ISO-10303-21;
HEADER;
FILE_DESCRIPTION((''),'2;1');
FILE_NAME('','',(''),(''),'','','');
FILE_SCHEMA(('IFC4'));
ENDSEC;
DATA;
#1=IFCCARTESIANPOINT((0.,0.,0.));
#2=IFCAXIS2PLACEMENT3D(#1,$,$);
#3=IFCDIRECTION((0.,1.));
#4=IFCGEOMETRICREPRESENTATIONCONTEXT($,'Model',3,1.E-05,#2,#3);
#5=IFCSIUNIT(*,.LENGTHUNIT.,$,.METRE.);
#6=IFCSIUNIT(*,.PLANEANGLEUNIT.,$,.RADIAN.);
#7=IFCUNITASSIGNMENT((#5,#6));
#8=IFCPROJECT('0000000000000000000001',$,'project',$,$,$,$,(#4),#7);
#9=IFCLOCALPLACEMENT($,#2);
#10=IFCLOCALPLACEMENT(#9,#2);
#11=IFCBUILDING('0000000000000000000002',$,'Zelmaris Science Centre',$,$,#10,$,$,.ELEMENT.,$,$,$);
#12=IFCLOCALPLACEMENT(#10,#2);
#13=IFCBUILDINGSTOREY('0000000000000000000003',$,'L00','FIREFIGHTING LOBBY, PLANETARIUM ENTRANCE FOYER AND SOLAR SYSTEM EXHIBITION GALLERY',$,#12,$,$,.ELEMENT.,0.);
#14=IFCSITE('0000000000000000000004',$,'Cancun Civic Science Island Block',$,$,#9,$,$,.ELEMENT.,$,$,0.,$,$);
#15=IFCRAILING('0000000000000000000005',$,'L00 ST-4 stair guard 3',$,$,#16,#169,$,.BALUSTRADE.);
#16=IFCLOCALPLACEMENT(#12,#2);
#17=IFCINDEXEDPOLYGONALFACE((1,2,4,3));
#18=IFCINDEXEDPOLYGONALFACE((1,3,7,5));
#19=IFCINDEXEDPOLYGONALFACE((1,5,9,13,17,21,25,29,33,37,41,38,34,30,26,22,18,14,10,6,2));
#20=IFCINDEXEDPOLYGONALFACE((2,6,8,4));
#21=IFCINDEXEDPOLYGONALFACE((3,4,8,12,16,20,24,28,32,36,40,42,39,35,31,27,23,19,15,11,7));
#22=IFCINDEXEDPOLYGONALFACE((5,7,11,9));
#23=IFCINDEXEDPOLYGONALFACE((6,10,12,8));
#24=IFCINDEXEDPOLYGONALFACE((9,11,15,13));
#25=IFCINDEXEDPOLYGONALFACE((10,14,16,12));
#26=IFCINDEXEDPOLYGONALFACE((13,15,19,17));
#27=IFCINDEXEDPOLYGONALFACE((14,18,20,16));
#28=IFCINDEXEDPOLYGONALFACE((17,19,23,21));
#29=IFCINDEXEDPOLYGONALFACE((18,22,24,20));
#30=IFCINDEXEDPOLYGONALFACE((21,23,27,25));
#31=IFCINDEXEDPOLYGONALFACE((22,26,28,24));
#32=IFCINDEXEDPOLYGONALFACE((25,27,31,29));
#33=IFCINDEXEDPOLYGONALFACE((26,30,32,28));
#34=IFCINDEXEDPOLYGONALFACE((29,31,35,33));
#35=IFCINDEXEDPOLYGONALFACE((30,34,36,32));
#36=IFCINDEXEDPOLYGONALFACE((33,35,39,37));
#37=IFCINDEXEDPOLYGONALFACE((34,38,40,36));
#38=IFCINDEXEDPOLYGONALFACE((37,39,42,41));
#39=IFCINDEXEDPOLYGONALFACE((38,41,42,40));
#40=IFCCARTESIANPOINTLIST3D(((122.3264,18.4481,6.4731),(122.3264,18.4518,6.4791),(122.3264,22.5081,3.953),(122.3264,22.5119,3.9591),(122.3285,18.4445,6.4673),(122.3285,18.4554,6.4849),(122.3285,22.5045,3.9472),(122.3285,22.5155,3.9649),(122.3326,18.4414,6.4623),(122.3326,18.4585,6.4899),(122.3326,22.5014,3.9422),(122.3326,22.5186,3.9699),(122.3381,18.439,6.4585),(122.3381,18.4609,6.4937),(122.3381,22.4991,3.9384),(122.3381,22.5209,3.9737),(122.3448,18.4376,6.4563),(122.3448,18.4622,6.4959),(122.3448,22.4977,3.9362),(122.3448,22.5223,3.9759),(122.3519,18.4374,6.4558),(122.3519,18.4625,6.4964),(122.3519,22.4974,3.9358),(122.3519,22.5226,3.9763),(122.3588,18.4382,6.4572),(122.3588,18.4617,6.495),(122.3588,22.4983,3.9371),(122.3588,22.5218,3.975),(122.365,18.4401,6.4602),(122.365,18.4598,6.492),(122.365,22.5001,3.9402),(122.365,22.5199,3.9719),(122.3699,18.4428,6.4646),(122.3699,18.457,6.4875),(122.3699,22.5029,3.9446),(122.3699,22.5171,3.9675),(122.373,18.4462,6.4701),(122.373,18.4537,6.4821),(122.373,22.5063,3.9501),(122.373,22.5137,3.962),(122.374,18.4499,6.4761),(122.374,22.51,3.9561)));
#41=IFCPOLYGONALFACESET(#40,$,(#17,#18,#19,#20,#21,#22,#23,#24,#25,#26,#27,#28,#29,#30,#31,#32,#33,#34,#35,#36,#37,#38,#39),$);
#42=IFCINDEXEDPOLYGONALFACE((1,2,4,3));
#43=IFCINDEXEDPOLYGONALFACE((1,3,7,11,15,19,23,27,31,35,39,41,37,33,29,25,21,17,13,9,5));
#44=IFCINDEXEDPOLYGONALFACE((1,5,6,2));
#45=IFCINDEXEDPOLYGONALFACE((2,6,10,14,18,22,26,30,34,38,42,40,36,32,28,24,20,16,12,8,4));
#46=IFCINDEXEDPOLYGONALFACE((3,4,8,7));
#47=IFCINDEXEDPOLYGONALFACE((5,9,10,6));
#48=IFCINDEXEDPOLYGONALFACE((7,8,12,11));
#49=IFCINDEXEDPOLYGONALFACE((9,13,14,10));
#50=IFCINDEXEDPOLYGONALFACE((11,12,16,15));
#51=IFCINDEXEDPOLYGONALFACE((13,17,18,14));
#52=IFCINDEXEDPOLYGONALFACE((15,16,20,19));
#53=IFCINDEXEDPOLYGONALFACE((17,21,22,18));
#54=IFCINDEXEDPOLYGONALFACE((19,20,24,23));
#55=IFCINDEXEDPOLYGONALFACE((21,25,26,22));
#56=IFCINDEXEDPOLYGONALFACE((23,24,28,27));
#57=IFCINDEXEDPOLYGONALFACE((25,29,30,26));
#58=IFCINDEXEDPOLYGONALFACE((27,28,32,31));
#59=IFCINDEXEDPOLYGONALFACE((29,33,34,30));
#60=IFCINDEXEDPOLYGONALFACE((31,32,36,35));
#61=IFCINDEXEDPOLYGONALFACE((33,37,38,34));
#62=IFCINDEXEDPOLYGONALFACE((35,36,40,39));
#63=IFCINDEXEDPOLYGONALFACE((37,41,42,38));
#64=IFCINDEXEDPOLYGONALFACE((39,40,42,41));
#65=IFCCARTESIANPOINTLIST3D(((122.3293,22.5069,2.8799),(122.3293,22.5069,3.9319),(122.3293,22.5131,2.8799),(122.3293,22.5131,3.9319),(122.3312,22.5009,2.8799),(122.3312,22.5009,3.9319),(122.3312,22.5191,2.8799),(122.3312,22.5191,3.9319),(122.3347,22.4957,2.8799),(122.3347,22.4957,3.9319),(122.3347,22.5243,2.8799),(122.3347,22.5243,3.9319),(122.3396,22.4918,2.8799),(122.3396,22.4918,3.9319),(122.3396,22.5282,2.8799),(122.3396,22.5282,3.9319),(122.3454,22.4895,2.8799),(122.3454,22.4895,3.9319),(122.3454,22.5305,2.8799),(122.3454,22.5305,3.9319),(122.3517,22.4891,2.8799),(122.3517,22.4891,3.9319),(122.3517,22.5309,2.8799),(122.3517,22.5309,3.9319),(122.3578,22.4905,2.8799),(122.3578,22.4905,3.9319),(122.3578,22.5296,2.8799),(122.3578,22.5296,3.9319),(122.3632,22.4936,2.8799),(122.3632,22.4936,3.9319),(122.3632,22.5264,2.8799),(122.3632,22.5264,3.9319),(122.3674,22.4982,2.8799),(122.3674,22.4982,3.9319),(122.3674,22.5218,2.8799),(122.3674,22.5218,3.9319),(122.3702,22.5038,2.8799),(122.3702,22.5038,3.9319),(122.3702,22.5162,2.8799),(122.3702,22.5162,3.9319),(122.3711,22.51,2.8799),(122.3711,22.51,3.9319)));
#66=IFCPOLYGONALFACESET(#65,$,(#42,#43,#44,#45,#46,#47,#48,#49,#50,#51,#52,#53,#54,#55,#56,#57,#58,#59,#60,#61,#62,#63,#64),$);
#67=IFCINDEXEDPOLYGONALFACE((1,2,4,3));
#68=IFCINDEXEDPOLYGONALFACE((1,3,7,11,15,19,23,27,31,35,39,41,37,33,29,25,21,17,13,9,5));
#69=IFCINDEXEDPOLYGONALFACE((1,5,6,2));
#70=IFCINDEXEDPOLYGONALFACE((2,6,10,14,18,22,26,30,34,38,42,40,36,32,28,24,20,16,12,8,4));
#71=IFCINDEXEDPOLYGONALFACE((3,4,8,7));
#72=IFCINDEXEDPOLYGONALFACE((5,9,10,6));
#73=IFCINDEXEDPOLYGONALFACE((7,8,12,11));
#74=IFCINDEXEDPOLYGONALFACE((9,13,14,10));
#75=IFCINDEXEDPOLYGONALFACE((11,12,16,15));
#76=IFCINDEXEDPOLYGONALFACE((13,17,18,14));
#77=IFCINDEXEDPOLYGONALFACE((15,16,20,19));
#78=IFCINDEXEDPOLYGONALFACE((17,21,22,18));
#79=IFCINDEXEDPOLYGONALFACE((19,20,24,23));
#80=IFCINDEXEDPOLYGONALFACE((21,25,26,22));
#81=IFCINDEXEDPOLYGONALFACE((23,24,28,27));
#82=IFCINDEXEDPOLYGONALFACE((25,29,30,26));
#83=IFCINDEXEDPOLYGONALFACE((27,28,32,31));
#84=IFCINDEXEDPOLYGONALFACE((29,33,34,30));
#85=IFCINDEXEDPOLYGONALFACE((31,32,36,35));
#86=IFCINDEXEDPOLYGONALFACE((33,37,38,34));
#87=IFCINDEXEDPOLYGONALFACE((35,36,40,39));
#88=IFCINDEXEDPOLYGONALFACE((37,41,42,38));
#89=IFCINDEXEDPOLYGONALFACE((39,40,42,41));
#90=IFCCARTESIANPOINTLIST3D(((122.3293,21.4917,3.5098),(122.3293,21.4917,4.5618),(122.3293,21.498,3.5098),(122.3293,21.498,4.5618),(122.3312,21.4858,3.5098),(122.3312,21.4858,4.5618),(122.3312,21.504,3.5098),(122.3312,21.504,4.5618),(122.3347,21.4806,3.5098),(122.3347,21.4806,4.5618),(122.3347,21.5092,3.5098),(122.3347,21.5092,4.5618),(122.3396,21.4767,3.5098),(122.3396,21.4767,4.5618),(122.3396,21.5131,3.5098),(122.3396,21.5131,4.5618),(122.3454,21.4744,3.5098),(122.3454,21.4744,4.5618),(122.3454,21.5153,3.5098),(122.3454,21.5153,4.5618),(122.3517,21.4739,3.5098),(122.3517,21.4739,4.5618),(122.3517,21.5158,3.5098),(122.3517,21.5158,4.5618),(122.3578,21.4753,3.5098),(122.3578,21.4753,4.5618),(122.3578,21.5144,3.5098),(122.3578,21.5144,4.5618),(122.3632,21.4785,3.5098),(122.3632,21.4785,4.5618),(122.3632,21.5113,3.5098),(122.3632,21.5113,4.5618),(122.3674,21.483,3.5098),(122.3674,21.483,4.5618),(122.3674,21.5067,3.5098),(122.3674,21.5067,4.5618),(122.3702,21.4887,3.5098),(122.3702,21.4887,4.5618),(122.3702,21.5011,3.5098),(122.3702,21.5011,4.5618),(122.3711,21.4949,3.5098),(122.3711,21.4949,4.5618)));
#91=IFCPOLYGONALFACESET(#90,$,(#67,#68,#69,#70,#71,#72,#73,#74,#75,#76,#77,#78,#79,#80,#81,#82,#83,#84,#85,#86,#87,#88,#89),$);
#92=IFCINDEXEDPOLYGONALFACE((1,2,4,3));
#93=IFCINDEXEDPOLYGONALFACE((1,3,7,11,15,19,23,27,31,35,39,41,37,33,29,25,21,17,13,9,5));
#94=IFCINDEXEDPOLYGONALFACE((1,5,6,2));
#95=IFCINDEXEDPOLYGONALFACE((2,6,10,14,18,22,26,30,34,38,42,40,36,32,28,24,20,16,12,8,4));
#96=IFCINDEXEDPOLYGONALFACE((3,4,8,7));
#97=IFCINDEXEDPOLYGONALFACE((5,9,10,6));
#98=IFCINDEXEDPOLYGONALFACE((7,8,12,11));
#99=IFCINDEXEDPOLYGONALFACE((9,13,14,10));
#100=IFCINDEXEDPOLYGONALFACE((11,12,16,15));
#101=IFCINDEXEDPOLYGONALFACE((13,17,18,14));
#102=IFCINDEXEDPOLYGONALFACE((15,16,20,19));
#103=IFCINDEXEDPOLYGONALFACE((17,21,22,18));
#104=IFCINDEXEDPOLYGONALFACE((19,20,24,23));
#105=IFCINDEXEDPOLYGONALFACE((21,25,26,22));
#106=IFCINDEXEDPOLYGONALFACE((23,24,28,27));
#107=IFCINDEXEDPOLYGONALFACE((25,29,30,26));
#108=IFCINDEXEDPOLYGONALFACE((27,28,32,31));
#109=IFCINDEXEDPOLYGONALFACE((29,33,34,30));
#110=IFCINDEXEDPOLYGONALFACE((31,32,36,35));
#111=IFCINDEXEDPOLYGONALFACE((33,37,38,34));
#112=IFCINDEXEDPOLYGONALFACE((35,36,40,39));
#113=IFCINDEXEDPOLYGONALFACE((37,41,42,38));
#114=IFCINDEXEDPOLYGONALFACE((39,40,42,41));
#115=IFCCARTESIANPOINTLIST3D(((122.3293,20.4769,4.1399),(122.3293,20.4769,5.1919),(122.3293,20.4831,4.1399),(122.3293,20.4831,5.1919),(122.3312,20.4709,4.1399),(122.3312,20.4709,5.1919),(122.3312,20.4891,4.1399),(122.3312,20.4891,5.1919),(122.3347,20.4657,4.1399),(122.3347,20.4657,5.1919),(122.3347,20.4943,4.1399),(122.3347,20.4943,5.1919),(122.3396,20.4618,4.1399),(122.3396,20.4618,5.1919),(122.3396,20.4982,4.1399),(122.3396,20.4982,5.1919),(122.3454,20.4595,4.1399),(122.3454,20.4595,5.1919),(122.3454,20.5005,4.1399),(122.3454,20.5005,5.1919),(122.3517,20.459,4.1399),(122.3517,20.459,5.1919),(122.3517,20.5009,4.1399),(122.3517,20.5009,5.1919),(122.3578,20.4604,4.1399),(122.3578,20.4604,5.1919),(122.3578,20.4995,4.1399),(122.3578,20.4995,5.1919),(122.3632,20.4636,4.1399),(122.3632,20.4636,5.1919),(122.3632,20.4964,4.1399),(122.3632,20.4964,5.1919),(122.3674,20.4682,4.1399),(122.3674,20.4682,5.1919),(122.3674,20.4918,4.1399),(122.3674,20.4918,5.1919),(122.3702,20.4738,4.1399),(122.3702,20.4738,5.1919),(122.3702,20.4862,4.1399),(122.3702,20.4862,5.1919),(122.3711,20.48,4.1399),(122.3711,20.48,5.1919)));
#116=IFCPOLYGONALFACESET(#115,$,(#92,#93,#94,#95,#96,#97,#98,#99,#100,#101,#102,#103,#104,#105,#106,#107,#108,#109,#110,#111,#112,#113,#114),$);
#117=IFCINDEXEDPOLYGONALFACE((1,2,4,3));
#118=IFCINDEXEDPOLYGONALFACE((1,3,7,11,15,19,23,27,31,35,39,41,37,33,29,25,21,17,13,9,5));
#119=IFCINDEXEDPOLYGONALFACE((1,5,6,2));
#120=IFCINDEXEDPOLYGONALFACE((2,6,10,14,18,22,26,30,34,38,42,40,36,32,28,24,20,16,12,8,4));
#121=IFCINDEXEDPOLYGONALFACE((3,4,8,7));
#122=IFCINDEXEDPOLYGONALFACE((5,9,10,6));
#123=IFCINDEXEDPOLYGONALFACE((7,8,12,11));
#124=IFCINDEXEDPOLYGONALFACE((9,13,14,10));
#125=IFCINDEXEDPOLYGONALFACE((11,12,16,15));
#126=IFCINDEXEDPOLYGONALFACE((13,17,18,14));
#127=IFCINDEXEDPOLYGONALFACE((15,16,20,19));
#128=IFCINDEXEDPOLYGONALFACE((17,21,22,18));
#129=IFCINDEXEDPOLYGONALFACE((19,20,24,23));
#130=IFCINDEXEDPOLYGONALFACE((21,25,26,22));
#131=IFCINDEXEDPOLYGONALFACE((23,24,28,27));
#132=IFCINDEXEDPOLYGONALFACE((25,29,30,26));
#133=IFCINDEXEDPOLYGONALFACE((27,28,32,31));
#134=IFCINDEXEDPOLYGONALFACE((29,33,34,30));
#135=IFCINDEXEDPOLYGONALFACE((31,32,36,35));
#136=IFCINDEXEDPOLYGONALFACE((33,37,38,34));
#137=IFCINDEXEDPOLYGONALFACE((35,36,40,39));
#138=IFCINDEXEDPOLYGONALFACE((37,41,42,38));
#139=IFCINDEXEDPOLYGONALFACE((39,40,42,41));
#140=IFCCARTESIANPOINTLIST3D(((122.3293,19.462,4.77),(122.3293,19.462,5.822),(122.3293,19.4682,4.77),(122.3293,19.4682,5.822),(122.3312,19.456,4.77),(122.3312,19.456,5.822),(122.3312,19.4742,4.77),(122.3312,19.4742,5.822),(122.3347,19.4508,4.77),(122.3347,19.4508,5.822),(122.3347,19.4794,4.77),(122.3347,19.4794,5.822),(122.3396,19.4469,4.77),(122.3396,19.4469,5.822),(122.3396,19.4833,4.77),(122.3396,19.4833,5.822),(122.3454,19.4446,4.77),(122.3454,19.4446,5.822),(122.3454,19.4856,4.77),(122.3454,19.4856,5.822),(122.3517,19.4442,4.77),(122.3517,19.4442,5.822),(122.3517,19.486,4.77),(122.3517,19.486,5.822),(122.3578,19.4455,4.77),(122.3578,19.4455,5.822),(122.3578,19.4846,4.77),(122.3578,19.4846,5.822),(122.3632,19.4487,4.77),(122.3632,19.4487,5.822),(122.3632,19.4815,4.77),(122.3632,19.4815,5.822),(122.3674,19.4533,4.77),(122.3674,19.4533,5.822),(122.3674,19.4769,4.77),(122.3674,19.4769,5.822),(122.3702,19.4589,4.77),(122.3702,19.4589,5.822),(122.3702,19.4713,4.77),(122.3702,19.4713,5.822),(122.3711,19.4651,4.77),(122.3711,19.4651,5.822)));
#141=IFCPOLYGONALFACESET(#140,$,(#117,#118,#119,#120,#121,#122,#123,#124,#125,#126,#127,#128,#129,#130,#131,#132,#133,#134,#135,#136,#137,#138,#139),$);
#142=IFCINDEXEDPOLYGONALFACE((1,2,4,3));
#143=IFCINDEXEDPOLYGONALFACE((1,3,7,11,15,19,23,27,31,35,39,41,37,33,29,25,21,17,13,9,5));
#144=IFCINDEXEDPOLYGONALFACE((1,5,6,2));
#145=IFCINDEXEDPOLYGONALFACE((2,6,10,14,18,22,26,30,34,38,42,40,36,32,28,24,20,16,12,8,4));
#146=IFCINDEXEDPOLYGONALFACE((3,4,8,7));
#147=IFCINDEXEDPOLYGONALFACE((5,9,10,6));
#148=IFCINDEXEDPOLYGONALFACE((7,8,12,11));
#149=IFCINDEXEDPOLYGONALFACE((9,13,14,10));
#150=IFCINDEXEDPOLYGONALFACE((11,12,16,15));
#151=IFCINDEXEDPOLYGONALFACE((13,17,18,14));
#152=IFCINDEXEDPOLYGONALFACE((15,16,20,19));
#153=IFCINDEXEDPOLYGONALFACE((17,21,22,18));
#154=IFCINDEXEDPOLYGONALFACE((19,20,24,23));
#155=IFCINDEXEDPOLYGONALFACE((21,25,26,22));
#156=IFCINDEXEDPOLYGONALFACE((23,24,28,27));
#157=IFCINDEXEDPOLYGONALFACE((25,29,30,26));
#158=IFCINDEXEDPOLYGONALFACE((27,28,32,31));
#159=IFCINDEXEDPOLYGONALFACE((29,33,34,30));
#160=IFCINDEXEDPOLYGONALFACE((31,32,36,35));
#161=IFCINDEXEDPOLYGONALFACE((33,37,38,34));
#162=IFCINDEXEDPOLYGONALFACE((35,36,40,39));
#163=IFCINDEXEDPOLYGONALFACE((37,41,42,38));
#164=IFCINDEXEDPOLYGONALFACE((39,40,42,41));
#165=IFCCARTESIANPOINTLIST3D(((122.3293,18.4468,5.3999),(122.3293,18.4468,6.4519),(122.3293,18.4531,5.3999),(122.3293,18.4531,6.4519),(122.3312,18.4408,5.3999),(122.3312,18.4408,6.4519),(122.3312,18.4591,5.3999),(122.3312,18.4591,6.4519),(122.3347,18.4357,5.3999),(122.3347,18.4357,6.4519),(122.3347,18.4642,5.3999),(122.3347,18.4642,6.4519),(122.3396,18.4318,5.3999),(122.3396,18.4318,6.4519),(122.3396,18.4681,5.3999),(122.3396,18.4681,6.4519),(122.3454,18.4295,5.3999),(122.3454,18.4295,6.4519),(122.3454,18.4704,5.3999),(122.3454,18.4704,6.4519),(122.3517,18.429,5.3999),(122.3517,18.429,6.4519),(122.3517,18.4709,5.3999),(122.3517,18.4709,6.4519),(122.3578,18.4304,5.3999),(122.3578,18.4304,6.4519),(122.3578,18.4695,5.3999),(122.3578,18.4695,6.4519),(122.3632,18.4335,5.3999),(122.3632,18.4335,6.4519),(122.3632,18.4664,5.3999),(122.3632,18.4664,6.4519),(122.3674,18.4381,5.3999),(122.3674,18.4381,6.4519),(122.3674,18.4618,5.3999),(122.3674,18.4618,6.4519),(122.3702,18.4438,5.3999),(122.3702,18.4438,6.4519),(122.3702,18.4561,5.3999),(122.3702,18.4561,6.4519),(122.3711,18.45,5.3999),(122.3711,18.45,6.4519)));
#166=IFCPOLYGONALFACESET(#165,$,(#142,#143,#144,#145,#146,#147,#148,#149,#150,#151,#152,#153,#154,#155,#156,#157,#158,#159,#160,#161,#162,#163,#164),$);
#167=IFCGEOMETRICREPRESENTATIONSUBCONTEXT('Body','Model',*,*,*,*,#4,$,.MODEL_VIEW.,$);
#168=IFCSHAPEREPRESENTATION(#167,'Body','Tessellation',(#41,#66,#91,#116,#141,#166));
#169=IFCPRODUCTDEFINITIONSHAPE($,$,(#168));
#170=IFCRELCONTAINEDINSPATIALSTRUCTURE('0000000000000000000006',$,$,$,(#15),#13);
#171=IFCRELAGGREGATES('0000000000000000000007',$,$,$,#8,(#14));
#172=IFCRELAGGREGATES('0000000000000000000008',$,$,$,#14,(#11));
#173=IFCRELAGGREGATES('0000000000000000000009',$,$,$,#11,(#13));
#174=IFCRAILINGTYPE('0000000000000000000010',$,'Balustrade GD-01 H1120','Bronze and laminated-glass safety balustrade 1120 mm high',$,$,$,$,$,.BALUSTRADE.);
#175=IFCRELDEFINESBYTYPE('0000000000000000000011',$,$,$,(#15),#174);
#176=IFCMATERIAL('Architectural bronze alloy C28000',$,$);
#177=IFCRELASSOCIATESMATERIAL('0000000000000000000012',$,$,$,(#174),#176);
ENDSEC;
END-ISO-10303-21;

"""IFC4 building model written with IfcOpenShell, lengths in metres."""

from ifc_helpers import new_model, si_unit, direction, frame, origin, origin_2d, place, context, subcontext, project, spatial, circle, extrude, material, type_object, element, save


model = new_model("IFC4")

# Units and contexts
model_context = context("Model", 3, precision=1e-05, world=origin(), true_north=direction((0.0, 1.0)))
body_context = subcontext(model_context, "Body", "Model", "MODEL_VIEW")
ifc_project = project(units=[si_unit("LENGTHUNIT", "METRE"), si_unit("PLANEANGLEUNIT", "RADIAN")], contexts=[model_context])

# Site, building, storey
site_placement = place(None, origin())
site = spatial("IfcSite", under=ifc_project, at=site_placement, Name="Cancun Civic Science Island Block", CompositionType="ELEMENT", RefElevation=0.0)
building_placement = place(site_placement, origin())
building = spatial("IfcBuilding", under=site, at=building_placement, Name="Zelmaris Science Centre", CompositionType="ELEMENT")
storey_placement = place(building_placement, origin())
storey = spatial("IfcBuildingStorey", under=building, at=storey_placement, Name="L00", Description="FIREFIGHTING LOBBY, PLANETARIUM ENTRANCE FOYER AND SOLAR SYSTEM EXHIBITION GALLERY", CompositionType="ELEMENT", Elevation=0.0)

# Shared definitions
ifc_material_1 = material(Name="Architectural bronze alloy C28000")

# Railing
railing_type_1 = type_object("IfcRailingType", Name="Balustrade GD-01 H1120", Description="Bronze and laminated-glass safety balustrade 1120 mm high", PredefinedType="BALUSTRADE", material=ifc_material_1)
railing_1_placement = place(storey_placement, frame((122.3501, 22.51, 2.8799)))
element("IfcRailing", 1, at=railing_1_placement, inside=storey, type_object=railing_type_1, Name="L00 ST-4 stair guard 3", PredefinedType="BALUSTRADE", context=body_context, shape_type="SweptSolid", body=[
    extrude(circle(Radius=0.0239, at=origin_2d()), frame((0.0, 0.0, 1.0762), z_axis=(0.0, -0.849642, 0.52736), x_axis=(1.0, 0.0, 0.0)), (0.0, 0.0, 1.0), 4.7786),
    extrude(circle(Radius=0.021, at=origin_2d()), origin(), (0.0, 0.0, 1.0), 1.052),
    extrude(circle(Radius=0.021, at=origin_2d()), frame((0.0, -1.0151, 0.6299)), (0.0, 0.0, 1.0), 1.052),
    extrude(circle(Radius=0.021, at=origin_2d()), frame((0.0, -2.03, 1.26)), (0.0, 0.0, 1.0), 1.052),
    extrude(circle(Radius=0.021, at=origin_2d()), frame((0.0, -3.0449, 1.8901)), (0.0, 0.0, 1.0), 1.052),
    extrude(circle(Radius=0.021, at=origin_2d()), frame((0.0, -4.0601, 2.52)), (0.0, 0.0, 1.0), 1.052),
])

save(model, "model.ifc")
